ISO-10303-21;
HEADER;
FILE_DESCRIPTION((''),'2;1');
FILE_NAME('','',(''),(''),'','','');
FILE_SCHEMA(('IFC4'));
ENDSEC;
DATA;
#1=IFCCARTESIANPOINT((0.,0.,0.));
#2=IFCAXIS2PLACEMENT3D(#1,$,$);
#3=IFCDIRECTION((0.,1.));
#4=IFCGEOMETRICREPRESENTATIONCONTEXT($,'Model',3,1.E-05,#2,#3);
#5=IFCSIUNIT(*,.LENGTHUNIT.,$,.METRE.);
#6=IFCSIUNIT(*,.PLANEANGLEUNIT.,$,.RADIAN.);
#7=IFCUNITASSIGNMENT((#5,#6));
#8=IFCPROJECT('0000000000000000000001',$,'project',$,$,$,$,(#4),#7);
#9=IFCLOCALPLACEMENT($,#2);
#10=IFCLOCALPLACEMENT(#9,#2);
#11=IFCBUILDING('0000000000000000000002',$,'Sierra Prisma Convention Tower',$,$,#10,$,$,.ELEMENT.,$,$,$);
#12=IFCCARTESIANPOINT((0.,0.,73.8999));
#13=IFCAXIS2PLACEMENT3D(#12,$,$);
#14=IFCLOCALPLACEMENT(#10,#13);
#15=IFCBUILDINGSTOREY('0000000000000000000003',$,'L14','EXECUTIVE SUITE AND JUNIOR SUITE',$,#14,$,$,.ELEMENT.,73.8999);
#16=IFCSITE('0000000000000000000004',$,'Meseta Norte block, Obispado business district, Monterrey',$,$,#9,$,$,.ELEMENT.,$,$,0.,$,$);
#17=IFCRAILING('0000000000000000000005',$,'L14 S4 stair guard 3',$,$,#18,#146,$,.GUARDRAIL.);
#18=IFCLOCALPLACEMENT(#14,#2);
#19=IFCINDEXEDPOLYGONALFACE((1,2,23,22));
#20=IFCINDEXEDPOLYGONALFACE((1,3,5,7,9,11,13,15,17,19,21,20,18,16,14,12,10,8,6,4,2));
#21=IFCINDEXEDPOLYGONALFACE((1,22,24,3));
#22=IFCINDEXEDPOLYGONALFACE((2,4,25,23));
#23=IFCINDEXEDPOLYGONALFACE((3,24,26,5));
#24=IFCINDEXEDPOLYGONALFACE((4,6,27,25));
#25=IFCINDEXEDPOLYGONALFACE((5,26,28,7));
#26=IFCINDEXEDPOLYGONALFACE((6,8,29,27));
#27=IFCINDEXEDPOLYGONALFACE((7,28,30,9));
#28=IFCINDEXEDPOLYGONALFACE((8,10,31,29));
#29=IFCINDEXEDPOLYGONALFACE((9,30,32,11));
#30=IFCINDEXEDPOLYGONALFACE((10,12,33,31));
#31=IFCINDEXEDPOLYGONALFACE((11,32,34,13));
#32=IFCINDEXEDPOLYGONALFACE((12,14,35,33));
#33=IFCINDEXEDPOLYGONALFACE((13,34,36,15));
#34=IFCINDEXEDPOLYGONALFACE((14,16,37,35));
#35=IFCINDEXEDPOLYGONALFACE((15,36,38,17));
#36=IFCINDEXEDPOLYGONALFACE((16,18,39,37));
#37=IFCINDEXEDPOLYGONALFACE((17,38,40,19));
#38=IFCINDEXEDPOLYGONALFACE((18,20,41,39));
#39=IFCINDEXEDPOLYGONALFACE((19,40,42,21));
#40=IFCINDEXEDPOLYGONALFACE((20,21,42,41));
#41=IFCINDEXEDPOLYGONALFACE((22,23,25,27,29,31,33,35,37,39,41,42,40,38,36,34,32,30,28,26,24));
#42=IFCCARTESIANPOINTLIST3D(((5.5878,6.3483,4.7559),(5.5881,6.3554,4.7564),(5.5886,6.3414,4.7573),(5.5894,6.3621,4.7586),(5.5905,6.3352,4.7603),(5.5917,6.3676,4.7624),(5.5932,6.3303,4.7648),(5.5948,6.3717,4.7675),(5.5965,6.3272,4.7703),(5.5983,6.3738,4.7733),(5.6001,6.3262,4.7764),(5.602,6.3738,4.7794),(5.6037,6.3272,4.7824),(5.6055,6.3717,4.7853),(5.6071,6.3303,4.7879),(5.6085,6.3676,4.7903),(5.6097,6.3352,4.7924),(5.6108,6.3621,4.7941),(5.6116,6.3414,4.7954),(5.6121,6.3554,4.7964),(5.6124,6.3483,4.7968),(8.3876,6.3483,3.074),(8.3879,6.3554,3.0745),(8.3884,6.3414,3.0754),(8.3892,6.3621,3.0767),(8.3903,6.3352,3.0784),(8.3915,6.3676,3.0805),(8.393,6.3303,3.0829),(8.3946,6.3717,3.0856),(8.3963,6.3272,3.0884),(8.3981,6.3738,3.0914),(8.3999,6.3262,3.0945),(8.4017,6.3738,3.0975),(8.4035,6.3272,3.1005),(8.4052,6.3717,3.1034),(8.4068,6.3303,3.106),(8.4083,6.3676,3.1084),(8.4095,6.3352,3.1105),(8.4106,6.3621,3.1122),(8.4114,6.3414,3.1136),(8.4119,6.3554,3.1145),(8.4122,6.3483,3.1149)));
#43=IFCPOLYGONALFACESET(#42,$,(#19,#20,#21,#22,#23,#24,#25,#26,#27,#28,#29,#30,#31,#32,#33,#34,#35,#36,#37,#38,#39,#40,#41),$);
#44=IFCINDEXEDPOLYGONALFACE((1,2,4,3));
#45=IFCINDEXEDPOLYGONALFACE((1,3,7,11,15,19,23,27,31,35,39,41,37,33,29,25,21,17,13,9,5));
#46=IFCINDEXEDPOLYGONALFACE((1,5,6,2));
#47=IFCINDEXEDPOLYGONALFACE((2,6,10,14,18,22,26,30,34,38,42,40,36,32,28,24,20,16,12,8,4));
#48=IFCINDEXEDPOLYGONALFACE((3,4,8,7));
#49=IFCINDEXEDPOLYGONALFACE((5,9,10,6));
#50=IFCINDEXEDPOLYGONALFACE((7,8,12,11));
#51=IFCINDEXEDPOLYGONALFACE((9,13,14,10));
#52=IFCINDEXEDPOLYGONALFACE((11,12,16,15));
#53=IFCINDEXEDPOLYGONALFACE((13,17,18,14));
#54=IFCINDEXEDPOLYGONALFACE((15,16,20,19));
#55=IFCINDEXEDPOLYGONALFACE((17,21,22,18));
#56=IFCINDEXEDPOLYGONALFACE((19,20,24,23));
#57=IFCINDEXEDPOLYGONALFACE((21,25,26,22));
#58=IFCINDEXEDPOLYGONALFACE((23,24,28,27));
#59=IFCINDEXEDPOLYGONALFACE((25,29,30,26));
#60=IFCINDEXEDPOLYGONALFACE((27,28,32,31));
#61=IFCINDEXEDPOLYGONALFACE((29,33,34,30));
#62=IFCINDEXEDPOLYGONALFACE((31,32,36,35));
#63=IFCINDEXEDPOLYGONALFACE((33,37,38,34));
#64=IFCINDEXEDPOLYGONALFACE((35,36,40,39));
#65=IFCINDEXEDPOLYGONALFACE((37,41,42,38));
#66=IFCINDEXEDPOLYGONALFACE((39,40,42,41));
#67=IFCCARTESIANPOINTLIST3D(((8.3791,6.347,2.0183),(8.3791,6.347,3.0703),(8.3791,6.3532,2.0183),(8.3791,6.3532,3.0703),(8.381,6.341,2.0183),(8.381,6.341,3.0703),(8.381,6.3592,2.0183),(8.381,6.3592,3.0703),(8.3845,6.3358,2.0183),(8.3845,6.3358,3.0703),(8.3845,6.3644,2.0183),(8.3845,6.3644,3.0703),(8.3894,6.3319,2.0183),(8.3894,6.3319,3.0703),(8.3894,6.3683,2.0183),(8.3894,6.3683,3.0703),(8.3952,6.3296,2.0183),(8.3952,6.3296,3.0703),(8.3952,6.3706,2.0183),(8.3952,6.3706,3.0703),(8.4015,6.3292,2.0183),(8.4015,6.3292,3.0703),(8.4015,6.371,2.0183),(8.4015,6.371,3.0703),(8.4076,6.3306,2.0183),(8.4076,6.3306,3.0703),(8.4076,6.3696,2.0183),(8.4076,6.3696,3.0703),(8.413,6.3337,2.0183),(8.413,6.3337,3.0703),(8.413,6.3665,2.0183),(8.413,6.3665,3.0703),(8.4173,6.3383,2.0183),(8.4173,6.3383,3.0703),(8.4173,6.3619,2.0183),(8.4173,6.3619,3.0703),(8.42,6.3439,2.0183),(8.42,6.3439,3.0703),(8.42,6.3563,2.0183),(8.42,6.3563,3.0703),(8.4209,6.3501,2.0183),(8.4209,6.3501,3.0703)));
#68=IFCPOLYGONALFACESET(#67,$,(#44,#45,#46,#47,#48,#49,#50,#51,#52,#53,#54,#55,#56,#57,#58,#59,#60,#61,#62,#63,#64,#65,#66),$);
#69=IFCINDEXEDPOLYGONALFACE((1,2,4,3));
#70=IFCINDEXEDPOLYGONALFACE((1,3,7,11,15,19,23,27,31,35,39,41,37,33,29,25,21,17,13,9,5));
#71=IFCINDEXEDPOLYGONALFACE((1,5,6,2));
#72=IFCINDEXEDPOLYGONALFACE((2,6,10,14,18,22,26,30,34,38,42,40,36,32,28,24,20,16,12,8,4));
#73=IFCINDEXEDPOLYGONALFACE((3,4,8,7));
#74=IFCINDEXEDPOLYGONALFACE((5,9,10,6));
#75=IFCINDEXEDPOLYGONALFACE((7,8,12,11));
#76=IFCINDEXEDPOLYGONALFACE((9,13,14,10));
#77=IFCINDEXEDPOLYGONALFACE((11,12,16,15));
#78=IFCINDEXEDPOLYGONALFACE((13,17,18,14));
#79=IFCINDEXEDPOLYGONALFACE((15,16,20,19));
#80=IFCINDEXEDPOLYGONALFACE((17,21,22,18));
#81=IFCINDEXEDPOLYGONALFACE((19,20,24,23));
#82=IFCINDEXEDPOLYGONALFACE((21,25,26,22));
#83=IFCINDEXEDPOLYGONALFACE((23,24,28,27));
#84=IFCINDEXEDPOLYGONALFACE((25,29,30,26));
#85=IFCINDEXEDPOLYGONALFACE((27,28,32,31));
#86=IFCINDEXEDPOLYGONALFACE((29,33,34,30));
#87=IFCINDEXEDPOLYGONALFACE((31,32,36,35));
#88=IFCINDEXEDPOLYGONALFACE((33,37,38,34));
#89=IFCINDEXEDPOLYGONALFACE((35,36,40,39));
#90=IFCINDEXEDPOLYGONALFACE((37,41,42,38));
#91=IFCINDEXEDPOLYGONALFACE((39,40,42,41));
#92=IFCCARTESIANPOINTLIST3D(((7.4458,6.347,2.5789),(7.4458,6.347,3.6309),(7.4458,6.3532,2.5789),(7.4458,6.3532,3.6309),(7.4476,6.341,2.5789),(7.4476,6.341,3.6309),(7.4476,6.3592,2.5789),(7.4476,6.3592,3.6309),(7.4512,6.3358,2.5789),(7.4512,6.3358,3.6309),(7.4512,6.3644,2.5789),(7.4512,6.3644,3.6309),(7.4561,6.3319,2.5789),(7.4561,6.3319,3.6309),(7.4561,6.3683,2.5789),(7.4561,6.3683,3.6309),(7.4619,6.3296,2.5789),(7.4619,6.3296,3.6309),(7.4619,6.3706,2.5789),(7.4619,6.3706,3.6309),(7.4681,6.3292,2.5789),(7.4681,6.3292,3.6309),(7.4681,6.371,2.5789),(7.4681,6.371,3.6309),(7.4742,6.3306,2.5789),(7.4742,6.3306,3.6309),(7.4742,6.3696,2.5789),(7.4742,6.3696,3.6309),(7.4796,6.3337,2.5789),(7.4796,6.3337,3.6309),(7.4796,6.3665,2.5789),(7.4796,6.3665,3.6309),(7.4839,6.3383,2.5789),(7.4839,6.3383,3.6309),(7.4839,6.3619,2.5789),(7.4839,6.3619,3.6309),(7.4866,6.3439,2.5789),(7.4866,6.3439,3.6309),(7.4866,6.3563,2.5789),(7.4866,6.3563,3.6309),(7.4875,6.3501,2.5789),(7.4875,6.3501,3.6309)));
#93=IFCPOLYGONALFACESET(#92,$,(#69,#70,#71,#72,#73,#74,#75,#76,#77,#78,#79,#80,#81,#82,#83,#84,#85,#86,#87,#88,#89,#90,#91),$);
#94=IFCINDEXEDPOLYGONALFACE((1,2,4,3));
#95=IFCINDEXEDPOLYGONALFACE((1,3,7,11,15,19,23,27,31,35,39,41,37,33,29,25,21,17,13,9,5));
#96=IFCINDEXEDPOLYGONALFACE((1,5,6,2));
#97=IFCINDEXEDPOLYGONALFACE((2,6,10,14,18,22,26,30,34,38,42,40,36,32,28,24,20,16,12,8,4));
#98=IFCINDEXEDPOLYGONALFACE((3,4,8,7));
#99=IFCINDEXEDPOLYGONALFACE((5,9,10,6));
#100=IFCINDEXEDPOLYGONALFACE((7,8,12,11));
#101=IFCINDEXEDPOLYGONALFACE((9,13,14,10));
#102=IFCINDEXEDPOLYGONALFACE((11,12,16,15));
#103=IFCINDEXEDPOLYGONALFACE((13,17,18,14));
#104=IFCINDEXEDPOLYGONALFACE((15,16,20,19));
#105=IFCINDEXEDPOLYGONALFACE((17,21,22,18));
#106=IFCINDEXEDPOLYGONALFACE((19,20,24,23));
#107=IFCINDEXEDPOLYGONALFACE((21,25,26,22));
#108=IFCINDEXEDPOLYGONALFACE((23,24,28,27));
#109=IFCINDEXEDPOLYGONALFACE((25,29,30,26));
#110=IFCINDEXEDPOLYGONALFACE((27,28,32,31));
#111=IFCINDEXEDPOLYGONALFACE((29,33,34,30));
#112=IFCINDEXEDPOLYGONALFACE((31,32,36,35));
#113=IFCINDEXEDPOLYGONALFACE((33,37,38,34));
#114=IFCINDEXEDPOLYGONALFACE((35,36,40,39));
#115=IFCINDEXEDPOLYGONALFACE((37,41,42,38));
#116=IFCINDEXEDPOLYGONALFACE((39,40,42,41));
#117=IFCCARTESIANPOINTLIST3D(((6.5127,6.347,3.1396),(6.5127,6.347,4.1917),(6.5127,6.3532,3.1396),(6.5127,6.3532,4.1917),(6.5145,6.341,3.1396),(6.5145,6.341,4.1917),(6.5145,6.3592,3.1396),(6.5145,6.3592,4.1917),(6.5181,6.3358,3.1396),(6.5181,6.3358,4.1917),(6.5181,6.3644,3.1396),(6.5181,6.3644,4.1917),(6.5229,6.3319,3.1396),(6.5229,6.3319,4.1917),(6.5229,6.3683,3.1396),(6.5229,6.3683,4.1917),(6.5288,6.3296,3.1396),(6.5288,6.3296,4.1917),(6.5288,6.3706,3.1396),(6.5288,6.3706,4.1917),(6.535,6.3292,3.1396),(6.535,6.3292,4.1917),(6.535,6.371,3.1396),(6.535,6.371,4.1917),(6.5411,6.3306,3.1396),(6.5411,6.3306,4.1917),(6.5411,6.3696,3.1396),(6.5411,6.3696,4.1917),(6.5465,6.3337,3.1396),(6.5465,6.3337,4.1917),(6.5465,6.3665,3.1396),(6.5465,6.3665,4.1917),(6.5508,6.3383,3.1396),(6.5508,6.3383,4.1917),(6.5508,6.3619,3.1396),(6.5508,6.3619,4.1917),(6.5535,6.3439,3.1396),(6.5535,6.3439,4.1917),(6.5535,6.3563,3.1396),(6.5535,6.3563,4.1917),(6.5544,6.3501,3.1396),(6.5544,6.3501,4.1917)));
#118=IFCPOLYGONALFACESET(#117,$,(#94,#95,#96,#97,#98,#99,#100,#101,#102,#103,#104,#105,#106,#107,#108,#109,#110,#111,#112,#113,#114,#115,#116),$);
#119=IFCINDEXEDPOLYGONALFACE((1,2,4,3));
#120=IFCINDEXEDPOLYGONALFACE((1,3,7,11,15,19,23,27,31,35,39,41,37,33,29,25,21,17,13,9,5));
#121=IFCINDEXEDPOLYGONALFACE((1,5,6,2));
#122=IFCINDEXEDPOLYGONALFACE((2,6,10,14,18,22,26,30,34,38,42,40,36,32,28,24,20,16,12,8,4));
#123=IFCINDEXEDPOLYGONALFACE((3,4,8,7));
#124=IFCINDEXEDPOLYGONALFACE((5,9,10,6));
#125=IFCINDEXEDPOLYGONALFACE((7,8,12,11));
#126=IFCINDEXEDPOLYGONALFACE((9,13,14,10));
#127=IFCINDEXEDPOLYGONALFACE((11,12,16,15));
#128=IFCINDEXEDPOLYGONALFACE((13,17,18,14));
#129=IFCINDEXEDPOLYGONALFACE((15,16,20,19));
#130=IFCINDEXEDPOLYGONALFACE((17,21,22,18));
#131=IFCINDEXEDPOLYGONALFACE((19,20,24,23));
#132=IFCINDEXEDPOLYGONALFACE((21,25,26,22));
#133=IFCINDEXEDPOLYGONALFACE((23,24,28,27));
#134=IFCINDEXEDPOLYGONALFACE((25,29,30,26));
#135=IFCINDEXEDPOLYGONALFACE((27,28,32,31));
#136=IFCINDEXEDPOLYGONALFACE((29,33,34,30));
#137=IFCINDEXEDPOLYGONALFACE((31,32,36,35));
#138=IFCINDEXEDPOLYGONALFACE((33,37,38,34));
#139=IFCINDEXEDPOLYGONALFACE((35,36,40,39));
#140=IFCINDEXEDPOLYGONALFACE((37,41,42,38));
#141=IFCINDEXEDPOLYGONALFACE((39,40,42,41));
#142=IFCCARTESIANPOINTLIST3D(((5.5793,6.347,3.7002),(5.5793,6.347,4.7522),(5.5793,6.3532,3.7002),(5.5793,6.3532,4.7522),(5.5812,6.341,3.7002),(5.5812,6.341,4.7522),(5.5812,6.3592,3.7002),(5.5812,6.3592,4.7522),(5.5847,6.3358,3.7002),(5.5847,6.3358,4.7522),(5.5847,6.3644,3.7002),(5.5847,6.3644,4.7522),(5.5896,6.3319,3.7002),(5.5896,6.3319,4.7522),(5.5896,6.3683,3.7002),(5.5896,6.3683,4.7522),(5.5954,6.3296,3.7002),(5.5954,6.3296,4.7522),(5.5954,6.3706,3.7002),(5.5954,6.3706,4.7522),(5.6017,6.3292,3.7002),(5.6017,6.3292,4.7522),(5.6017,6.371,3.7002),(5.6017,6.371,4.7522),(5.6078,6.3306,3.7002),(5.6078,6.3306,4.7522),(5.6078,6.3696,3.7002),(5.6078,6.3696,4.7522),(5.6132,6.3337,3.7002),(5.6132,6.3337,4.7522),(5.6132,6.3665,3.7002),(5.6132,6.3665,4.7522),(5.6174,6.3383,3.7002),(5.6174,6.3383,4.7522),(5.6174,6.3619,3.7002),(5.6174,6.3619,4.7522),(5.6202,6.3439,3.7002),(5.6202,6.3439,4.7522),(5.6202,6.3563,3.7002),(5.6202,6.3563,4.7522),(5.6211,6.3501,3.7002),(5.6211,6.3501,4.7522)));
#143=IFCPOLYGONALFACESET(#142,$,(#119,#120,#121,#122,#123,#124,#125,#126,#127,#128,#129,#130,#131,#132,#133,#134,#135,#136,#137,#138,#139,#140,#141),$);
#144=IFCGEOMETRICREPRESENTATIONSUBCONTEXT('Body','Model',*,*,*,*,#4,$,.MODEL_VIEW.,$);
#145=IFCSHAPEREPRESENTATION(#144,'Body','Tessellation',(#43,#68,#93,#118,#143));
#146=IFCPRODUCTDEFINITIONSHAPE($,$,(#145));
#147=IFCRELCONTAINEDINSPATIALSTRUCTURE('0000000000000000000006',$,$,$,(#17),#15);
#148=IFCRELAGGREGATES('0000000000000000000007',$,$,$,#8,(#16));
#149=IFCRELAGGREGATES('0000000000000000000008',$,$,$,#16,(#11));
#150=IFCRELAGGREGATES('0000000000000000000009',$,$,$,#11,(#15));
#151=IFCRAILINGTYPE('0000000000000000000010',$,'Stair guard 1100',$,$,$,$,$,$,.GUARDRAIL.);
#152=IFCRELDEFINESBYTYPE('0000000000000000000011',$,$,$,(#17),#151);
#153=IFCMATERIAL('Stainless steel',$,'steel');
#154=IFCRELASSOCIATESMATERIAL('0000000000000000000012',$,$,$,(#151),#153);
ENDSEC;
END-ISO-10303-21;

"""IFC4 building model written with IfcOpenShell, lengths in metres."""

from ifc_helpers import new_model, si_unit, direction, frame, origin, origin_2d, place, context, subcontext, project, spatial, circle, extrude, material, type_object, element, save


model = new_model("IFC4")

# Units and contexts
model_context = context("Model", 3, precision=1e-05, world=origin(), true_north=direction((0.0, 1.0)))
body_context = subcontext(model_context, "Body", "Model", "MODEL_VIEW")
ifc_project = project(units=[si_unit("LENGTHUNIT", "METRE"), si_unit("PLANEANGLEUNIT", "RADIAN")], contexts=[model_context])

# Site, building, storey
site_placement = place(None, origin())
site = spatial("IfcSite", under=ifc_project, at=site_placement, Name="Meseta Norte block, Obispado business district, Monterrey", CompositionType="ELEMENT", RefElevation=0.0)
building_placement = place(site_placement, origin())
building = spatial("IfcBuilding", under=site, at=building_placement, Name="Sierra Prisma Convention Tower", CompositionType="ELEMENT")
storey_placement = place(building_placement, frame((0.0, 0.0, 73.8999)))
storey = spatial("IfcBuildingStorey", under=building, at=storey_placement, Name="L14", Description="EXECUTIVE SUITE AND JUNIOR SUITE", CompositionType="ELEMENT", Elevation=73.8999)

# Railing
ifc_material_1 = material(Name="Stainless steel", Category="steel")
railing_type_1 = type_object("IfcRailingType", Name="Stair guard 1100", PredefinedType="GUARDRAIL", material=ifc_material_1)
railing_1_placement = place(storey_placement, frame((8.3999, 6.3501, 2.0183)))
element("IfcRailing", 1, at=railing_1_placement, inside=storey, type_object=railing_type_1, Name="L14 S4 stair guard 3", PredefinedType="GUARDRAIL", context=body_context, shape_type="SweptSolid", body=[
    extrude(circle(Radius=0.0239, at=origin_2d()), frame((0.0, 0.0, 1.0762), z_axis=(-0.857222, 0.0, 0.514946), x_axis=(0.0, -1.0, 0.0)), (0.0, 0.0, 1.0), 3.2661),
    extrude(circle(Radius=0.021, at=origin_2d()), origin(), (0.0, 0.0, 1.0), 1.052),
    extrude(circle(Radius=0.021, at=origin_2d()), frame((-0.9333, 0.0, 0.5605)), (0.0, 0.0, 1.0), 1.052),
    extrude(circle(Radius=0.021, at=origin_2d()), frame((-1.8665, 0.0, 1.1213)), (0.0, 0.0, 1.0), 1.052),
    extrude(circle(Radius=0.021, at=origin_2d()), frame((-2.7998, 0.0, 1.6819)), (0.0, 0.0, 1.0), 1.052),
])

save(model, "model.ifc")
